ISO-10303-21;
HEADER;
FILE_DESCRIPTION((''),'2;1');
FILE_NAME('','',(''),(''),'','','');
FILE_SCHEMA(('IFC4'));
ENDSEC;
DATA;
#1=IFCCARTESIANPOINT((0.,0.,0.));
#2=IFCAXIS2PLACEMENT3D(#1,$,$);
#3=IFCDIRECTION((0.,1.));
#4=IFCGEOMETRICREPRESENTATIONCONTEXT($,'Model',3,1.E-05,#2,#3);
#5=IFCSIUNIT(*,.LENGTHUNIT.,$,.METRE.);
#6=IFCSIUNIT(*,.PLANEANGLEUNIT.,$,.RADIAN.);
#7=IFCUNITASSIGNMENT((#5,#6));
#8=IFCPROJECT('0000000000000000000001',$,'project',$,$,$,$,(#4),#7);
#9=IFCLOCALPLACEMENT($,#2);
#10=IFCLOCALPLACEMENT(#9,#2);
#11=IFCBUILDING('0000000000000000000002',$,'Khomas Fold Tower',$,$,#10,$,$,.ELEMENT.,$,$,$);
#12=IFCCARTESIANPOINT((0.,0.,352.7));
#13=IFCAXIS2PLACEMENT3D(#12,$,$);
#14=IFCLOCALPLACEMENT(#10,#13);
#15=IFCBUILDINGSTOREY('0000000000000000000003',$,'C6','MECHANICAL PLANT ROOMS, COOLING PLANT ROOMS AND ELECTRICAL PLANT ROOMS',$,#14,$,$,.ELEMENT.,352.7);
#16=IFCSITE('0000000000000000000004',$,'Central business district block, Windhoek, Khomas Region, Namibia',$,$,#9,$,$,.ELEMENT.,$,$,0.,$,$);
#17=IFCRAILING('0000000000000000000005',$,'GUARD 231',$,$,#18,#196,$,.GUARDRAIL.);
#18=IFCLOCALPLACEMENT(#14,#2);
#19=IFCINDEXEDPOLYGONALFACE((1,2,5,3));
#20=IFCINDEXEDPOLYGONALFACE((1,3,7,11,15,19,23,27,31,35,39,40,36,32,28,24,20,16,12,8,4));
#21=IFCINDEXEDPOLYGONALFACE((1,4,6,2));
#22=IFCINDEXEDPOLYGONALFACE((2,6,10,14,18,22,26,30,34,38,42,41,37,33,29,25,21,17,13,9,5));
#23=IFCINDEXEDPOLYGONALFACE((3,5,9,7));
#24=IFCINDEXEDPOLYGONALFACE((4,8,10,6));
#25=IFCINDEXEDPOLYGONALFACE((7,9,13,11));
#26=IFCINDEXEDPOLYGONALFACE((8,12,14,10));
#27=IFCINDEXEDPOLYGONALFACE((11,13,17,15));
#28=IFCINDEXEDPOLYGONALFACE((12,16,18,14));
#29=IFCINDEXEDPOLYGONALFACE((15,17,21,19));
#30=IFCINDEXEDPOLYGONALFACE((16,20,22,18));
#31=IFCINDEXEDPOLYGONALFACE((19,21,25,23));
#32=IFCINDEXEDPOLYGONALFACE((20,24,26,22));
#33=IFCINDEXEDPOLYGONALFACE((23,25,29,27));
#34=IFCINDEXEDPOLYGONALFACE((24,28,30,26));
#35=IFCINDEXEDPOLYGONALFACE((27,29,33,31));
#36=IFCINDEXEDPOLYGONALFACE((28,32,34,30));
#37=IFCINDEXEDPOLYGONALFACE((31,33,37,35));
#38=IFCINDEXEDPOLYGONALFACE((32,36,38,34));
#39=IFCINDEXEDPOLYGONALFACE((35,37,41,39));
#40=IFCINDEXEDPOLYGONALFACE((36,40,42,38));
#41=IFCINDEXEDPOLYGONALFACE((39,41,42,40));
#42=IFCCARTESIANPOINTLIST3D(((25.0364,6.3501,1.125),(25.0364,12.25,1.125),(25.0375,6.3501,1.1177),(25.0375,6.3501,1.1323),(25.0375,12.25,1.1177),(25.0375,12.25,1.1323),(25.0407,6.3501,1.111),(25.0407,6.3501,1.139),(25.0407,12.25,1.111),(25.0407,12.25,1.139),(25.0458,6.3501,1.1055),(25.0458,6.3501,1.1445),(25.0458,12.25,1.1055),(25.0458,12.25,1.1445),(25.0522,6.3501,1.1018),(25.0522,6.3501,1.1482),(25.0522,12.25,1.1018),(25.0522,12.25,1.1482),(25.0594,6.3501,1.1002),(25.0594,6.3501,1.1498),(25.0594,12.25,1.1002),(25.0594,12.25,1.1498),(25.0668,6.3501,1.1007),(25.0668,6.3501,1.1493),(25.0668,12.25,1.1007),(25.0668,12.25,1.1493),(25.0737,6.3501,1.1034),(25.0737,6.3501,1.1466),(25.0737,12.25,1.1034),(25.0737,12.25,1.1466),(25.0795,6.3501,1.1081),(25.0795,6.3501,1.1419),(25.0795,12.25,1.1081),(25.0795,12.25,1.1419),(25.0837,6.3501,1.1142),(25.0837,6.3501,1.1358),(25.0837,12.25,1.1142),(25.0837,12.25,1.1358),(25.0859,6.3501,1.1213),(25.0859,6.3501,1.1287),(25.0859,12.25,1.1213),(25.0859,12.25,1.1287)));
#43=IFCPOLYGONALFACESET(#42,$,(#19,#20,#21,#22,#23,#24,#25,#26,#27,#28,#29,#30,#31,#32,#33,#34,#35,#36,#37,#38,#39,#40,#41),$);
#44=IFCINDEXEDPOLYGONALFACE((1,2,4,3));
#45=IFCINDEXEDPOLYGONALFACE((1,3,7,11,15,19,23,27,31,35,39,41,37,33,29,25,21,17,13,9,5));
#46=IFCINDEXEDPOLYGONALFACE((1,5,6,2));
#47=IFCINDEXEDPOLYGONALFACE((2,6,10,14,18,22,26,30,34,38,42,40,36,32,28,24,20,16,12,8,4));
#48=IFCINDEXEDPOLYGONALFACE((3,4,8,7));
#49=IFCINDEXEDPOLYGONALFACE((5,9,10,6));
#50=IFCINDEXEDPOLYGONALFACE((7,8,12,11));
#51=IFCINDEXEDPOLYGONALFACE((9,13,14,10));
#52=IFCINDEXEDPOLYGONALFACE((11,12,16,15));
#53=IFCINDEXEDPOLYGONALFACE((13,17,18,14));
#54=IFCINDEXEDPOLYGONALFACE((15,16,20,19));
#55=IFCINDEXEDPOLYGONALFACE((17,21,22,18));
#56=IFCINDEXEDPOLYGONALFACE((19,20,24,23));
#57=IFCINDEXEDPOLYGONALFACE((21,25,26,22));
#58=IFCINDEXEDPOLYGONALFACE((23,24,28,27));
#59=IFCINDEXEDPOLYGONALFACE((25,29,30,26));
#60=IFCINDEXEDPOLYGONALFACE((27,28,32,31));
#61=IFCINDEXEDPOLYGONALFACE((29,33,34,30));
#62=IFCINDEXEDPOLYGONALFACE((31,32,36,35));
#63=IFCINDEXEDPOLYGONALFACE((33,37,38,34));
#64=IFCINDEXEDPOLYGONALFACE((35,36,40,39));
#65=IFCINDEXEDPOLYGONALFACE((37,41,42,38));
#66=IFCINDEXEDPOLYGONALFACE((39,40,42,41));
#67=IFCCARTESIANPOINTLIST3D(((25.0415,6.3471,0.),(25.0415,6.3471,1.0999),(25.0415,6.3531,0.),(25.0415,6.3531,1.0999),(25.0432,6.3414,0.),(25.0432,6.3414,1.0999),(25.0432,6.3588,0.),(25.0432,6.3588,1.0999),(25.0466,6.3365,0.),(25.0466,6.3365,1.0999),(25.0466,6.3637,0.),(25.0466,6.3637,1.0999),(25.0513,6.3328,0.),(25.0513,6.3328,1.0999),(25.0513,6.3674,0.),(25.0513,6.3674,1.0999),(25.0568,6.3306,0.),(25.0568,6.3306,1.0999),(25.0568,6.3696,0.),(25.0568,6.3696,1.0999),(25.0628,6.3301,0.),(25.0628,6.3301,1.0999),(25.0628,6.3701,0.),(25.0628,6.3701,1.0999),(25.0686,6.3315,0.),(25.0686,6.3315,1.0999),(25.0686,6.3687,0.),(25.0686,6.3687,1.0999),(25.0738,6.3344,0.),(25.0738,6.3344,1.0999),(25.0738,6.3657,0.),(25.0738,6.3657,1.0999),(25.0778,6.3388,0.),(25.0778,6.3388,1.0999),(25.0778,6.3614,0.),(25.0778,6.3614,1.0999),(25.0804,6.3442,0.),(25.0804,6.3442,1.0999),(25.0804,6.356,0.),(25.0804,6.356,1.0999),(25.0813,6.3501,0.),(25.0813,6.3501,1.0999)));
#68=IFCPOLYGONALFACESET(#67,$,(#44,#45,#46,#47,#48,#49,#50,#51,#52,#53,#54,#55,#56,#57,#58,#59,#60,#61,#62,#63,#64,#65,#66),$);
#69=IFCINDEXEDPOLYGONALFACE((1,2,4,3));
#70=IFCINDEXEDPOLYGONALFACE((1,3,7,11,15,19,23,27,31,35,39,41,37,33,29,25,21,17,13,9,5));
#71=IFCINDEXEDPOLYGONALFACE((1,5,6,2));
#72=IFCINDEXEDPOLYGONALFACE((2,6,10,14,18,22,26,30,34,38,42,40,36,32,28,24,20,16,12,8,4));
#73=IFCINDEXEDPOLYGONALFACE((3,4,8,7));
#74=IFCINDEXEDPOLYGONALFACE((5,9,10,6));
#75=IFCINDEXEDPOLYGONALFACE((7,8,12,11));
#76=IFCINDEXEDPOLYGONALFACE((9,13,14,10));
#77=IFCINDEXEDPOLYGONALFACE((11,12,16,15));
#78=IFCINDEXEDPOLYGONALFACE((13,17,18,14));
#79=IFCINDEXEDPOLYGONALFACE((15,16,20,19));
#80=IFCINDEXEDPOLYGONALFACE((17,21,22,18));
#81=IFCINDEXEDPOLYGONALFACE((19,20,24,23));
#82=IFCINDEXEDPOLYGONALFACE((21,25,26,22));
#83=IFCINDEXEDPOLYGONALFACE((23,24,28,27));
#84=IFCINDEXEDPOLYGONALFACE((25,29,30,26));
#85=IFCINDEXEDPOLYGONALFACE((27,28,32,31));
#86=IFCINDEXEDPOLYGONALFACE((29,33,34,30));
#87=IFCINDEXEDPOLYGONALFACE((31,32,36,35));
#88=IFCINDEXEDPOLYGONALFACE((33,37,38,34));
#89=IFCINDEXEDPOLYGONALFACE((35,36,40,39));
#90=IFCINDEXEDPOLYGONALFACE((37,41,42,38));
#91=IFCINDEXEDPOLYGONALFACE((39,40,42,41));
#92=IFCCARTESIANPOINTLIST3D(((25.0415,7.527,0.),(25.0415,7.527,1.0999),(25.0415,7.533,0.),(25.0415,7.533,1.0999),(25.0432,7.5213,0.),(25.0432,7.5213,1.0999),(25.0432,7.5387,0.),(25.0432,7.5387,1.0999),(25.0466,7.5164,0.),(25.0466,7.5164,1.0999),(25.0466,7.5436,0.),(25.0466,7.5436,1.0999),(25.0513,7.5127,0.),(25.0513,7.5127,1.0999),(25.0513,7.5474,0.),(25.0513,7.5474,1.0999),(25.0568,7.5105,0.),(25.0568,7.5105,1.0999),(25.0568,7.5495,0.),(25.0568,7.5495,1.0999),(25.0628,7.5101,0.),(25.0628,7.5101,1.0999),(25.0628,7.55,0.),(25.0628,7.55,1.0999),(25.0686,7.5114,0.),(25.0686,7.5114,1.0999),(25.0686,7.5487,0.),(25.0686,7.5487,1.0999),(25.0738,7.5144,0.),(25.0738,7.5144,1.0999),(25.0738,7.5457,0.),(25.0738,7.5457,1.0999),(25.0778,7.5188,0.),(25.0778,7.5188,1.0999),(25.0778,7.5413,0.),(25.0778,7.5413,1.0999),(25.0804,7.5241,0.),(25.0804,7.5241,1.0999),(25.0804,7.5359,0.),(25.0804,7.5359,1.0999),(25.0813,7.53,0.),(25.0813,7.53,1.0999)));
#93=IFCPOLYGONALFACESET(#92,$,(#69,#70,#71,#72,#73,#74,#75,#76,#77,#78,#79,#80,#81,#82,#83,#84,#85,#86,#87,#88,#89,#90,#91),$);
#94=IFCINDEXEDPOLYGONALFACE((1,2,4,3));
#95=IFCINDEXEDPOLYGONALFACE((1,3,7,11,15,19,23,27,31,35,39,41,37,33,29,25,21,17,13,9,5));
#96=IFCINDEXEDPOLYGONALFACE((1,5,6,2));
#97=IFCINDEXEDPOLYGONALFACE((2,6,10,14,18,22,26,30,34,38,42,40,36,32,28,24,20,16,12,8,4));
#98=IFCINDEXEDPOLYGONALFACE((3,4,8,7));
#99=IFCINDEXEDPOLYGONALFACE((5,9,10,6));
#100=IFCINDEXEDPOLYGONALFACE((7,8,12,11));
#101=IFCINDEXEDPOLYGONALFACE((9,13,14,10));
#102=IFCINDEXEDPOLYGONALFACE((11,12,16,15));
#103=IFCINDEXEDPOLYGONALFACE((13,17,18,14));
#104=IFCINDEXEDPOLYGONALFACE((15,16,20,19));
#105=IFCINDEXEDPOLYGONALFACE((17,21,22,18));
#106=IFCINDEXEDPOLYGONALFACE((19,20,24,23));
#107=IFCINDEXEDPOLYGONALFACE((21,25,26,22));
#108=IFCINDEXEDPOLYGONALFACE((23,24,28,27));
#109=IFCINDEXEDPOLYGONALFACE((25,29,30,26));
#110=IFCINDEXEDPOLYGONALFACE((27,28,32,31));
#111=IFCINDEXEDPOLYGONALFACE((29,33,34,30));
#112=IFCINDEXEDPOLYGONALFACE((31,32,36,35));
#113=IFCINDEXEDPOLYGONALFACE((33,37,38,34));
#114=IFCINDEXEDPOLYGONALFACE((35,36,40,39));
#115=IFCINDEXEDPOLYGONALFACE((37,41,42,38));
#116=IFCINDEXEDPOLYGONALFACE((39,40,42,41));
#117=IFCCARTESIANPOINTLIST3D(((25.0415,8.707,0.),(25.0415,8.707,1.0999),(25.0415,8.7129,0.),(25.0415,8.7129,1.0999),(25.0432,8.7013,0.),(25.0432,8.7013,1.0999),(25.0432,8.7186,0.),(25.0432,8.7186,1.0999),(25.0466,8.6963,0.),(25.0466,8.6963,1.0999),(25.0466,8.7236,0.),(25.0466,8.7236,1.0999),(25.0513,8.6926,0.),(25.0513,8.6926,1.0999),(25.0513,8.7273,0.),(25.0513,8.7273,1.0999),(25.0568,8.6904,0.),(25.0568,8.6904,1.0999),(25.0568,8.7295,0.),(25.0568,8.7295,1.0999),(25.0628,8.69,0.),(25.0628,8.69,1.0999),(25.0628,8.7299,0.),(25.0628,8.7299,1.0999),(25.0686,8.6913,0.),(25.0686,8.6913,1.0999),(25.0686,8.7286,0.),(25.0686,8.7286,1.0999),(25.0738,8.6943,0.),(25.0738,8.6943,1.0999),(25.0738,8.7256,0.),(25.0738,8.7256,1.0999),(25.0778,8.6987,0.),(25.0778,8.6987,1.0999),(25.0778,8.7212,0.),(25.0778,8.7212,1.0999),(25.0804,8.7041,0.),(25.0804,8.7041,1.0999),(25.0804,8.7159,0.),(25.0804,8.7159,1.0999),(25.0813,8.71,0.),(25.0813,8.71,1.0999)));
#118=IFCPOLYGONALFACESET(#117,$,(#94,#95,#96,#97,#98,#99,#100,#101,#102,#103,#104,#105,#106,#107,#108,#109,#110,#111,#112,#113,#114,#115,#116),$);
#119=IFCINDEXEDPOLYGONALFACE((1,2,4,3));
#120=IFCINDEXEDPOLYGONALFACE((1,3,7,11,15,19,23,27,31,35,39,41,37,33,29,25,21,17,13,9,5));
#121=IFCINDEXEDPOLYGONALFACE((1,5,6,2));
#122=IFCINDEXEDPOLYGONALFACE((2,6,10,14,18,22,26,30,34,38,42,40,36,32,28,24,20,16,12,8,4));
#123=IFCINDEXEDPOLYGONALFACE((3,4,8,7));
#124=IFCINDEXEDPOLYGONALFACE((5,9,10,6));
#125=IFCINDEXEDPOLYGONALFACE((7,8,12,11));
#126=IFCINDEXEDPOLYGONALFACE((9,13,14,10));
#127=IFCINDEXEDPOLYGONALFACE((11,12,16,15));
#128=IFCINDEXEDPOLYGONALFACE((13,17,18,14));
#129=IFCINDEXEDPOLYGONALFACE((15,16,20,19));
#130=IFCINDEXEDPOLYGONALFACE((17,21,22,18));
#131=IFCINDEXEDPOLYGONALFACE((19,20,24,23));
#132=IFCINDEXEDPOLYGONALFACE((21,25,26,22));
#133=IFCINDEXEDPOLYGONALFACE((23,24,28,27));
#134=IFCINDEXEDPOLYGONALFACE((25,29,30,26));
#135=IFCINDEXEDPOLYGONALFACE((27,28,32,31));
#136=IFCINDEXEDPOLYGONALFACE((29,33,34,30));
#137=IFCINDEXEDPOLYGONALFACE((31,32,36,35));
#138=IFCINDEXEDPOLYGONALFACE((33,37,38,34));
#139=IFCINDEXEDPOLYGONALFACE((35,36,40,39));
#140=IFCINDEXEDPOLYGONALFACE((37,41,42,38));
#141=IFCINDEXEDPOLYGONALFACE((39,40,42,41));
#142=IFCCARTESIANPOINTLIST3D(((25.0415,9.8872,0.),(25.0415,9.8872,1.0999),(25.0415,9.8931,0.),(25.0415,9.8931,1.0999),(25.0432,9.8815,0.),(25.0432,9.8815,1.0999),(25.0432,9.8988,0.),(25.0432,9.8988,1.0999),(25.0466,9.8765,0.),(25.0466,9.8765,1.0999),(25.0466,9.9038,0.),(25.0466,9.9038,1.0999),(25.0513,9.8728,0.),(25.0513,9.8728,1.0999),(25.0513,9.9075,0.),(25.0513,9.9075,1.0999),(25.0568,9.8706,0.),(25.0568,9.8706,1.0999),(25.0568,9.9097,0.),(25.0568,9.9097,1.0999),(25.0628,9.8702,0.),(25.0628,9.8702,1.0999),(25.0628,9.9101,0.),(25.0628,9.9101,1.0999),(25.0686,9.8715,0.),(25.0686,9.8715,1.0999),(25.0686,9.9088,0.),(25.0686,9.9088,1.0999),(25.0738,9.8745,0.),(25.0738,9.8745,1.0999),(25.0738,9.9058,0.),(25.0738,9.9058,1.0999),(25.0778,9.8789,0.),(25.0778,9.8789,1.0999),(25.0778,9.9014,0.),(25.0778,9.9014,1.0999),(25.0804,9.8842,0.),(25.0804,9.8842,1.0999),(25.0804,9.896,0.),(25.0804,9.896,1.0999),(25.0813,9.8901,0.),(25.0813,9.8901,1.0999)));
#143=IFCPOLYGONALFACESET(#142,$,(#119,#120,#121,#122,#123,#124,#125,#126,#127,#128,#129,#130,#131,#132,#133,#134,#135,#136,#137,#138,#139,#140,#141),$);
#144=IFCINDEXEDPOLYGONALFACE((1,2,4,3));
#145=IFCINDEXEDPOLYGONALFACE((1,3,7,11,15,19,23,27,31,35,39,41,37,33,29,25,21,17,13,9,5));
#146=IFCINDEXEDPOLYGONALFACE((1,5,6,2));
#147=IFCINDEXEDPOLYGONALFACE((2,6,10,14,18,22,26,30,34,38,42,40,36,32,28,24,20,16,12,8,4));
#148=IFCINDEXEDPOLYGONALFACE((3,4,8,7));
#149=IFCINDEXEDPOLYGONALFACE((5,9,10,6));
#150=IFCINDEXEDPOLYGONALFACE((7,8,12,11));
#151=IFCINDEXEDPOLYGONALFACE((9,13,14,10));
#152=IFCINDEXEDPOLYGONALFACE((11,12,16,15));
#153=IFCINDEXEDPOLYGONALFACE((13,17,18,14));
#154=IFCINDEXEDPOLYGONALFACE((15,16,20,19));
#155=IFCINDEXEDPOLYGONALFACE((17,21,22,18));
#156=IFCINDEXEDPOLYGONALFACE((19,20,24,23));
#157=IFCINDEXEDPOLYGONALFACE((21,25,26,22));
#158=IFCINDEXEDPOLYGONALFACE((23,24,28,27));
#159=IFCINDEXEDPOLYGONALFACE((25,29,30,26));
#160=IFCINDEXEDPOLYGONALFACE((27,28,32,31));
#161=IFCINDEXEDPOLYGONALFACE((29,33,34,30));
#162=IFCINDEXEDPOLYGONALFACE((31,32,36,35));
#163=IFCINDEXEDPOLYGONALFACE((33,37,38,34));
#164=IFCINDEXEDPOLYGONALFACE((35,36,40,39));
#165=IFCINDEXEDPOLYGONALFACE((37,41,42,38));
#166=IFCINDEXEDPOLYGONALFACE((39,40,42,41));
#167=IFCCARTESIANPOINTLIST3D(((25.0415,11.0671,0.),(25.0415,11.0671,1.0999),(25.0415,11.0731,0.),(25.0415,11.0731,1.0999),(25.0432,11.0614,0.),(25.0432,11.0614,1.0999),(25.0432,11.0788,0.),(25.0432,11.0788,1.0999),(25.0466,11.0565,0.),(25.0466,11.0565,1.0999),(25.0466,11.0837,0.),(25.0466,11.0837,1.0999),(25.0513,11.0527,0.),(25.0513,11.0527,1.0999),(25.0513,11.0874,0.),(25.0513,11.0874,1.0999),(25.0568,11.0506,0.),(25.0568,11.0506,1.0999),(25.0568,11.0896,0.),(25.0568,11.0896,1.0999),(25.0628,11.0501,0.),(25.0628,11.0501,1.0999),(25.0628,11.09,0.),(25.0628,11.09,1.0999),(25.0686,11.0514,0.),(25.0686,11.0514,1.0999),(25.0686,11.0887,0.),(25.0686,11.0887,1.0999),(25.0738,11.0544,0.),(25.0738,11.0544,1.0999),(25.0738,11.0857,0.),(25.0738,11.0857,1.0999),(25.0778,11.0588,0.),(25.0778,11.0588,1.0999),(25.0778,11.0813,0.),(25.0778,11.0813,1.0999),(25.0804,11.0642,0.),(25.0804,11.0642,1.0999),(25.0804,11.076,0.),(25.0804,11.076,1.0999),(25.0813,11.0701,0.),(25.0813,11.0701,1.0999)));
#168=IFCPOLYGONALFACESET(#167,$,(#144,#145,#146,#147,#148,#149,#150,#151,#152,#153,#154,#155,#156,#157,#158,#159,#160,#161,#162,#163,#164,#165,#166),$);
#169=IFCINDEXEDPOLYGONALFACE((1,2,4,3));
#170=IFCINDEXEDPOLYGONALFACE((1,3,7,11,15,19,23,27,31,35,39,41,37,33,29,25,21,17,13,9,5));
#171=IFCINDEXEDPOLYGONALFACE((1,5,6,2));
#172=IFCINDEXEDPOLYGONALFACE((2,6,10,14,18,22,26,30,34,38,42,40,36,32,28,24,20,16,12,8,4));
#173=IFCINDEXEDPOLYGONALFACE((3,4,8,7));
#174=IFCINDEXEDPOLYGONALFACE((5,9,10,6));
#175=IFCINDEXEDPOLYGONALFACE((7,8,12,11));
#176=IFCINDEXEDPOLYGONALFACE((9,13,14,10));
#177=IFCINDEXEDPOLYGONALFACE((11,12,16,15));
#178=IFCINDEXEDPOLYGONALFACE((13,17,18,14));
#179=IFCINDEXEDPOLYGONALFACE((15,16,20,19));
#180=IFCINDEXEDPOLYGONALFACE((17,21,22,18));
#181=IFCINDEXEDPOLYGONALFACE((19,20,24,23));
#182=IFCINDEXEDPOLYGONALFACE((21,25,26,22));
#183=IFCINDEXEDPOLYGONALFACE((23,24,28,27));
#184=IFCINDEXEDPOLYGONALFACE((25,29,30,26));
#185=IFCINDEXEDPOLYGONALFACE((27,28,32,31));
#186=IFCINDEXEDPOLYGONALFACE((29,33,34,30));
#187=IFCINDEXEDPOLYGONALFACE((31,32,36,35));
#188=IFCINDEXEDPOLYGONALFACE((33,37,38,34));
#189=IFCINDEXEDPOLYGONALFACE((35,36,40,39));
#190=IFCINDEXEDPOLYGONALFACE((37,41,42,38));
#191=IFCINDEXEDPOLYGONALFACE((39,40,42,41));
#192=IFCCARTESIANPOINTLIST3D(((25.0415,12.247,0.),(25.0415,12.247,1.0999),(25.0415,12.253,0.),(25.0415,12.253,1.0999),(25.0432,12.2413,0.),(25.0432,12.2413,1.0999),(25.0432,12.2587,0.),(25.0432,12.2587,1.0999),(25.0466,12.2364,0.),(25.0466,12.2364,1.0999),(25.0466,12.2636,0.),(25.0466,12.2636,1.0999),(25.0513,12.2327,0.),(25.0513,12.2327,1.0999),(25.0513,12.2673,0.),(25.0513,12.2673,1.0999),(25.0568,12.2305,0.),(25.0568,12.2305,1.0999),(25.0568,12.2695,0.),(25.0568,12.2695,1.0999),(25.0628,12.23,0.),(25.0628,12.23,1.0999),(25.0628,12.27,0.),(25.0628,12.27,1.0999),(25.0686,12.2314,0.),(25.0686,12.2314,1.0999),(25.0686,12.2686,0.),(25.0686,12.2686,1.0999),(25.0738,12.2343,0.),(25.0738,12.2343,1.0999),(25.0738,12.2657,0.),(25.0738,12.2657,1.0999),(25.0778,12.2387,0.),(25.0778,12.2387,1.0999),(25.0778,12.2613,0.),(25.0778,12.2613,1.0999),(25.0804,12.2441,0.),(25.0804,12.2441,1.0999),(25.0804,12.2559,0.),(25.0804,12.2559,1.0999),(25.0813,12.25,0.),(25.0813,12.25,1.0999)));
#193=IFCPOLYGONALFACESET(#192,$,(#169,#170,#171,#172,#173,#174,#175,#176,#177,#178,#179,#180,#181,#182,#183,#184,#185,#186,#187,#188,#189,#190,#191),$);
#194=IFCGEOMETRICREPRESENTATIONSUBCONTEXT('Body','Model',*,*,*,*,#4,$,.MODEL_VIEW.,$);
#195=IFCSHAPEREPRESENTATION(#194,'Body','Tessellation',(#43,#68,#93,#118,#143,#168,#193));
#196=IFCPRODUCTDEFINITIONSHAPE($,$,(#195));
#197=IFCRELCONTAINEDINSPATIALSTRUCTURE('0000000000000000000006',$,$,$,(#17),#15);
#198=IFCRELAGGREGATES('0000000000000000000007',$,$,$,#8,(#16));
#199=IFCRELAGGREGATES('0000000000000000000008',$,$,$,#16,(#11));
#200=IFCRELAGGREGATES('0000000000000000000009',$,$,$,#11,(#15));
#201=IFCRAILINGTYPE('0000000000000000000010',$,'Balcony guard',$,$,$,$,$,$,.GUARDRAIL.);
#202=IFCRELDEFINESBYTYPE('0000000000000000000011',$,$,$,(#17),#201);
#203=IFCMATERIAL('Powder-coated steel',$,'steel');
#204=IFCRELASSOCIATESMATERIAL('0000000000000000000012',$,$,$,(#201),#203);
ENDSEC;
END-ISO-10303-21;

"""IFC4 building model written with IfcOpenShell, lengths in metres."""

from ifc_helpers import new_model, si_unit, direction, frame, origin, origin_2d, place, context, subcontext, project, spatial, circle, extrude, source, transform, mapped, material, type_object, element, save


model = new_model("IFC4")

# Units and contexts
model_context = context("Model", 3, precision=1e-05, world=origin(), true_north=direction((0.0, 1.0)))
body_context = subcontext(model_context, "Body", "Model", "MODEL_VIEW")
ifc_project = project(units=[si_unit("LENGTHUNIT", "METRE"), si_unit("PLANEANGLEUNIT", "RADIAN")], contexts=[model_context])

# Site, building, storey
site_placement = place(None, origin())
site = spatial("IfcSite", under=ifc_project, at=site_placement, Name="Central business district block, Windhoek, Khomas Region, Namibia", CompositionType="ELEMENT", RefElevation=0.0)
building_placement = place(site_placement, origin())
building = spatial("IfcBuilding", under=site, at=building_placement, Name="Khomas Fold Tower", CompositionType="ELEMENT")
storey_placement = place(building_placement, frame((0.0, 0.0, 352.7)))
storey = spatial("IfcBuildingStorey", under=building, at=storey_placement, Name="C6", Description="MECHANICAL PLANT ROOMS, COOLING PLANT ROOMS AND ELECTRICAL PLANT ROOMS", CompositionType="ELEMENT", Elevation=352.7)

# Railing
ifc_material_1 = material(Name="Powder-coated steel", Category="steel")
railing_type_1 = type_object("IfcRailingType", Name="Balcony guard", PredefinedType="GUARDRAIL", material=ifc_material_1)
shared_shape_1 = source(origin(), body_context, "Body", "SweptSolid", [
    extrude(circle(Radius=0.0249, at=origin_2d()), frame((0.0, 0.0, 1.125), z_axis=(0.0, 1.0, 0.0), x_axis=(-1.0, 0.0, 0.0)), (0.0, 0.0, 1.0), 5.8999),
    extrude(circle(Radius=0.02, at=origin_2d()), origin(), (0.0, 0.0, 1.0), 1.0999),
    extrude(circle(Radius=0.02, at=origin_2d()), frame((0.0, 1.1799, 0.0)), (0.0, 0.0, 1.0), 1.0999),
    extrude(circle(Radius=0.02, at=origin_2d()), frame((0.0, 2.3599, 0.0)), (0.0, 0.0, 1.0), 1.0999),
    extrude(circle(Radius=0.02, at=origin_2d()), frame((0.0, 3.54, 0.0)), (0.0, 0.0, 1.0), 1.0999),
    extrude(circle(Radius=0.02, at=origin_2d()), frame((0.0, 4.72, 0.0)), (0.0, 0.0, 1.0), 1.0999),
    extrude(circle(Radius=0.02, at=origin_2d()), frame((0.0, 5.8999, 0.0)), (0.0, 0.0, 1.0), 1.0999),
])
railing_1_placement = place(storey_placement, frame((25.0613, 6.3501, 0.0)))
element("IfcRailing", 1, at=railing_1_placement, inside=storey, type_object=railing_type_1, Name="GUARD 231", PredefinedType="GUARDRAIL", context=body_context, shape_type="MappedRepresentation", body=[
    mapped(shared_shape_1, transform((0.0, 0.0, 0.0))),
])

save(model, "model.ifc")
